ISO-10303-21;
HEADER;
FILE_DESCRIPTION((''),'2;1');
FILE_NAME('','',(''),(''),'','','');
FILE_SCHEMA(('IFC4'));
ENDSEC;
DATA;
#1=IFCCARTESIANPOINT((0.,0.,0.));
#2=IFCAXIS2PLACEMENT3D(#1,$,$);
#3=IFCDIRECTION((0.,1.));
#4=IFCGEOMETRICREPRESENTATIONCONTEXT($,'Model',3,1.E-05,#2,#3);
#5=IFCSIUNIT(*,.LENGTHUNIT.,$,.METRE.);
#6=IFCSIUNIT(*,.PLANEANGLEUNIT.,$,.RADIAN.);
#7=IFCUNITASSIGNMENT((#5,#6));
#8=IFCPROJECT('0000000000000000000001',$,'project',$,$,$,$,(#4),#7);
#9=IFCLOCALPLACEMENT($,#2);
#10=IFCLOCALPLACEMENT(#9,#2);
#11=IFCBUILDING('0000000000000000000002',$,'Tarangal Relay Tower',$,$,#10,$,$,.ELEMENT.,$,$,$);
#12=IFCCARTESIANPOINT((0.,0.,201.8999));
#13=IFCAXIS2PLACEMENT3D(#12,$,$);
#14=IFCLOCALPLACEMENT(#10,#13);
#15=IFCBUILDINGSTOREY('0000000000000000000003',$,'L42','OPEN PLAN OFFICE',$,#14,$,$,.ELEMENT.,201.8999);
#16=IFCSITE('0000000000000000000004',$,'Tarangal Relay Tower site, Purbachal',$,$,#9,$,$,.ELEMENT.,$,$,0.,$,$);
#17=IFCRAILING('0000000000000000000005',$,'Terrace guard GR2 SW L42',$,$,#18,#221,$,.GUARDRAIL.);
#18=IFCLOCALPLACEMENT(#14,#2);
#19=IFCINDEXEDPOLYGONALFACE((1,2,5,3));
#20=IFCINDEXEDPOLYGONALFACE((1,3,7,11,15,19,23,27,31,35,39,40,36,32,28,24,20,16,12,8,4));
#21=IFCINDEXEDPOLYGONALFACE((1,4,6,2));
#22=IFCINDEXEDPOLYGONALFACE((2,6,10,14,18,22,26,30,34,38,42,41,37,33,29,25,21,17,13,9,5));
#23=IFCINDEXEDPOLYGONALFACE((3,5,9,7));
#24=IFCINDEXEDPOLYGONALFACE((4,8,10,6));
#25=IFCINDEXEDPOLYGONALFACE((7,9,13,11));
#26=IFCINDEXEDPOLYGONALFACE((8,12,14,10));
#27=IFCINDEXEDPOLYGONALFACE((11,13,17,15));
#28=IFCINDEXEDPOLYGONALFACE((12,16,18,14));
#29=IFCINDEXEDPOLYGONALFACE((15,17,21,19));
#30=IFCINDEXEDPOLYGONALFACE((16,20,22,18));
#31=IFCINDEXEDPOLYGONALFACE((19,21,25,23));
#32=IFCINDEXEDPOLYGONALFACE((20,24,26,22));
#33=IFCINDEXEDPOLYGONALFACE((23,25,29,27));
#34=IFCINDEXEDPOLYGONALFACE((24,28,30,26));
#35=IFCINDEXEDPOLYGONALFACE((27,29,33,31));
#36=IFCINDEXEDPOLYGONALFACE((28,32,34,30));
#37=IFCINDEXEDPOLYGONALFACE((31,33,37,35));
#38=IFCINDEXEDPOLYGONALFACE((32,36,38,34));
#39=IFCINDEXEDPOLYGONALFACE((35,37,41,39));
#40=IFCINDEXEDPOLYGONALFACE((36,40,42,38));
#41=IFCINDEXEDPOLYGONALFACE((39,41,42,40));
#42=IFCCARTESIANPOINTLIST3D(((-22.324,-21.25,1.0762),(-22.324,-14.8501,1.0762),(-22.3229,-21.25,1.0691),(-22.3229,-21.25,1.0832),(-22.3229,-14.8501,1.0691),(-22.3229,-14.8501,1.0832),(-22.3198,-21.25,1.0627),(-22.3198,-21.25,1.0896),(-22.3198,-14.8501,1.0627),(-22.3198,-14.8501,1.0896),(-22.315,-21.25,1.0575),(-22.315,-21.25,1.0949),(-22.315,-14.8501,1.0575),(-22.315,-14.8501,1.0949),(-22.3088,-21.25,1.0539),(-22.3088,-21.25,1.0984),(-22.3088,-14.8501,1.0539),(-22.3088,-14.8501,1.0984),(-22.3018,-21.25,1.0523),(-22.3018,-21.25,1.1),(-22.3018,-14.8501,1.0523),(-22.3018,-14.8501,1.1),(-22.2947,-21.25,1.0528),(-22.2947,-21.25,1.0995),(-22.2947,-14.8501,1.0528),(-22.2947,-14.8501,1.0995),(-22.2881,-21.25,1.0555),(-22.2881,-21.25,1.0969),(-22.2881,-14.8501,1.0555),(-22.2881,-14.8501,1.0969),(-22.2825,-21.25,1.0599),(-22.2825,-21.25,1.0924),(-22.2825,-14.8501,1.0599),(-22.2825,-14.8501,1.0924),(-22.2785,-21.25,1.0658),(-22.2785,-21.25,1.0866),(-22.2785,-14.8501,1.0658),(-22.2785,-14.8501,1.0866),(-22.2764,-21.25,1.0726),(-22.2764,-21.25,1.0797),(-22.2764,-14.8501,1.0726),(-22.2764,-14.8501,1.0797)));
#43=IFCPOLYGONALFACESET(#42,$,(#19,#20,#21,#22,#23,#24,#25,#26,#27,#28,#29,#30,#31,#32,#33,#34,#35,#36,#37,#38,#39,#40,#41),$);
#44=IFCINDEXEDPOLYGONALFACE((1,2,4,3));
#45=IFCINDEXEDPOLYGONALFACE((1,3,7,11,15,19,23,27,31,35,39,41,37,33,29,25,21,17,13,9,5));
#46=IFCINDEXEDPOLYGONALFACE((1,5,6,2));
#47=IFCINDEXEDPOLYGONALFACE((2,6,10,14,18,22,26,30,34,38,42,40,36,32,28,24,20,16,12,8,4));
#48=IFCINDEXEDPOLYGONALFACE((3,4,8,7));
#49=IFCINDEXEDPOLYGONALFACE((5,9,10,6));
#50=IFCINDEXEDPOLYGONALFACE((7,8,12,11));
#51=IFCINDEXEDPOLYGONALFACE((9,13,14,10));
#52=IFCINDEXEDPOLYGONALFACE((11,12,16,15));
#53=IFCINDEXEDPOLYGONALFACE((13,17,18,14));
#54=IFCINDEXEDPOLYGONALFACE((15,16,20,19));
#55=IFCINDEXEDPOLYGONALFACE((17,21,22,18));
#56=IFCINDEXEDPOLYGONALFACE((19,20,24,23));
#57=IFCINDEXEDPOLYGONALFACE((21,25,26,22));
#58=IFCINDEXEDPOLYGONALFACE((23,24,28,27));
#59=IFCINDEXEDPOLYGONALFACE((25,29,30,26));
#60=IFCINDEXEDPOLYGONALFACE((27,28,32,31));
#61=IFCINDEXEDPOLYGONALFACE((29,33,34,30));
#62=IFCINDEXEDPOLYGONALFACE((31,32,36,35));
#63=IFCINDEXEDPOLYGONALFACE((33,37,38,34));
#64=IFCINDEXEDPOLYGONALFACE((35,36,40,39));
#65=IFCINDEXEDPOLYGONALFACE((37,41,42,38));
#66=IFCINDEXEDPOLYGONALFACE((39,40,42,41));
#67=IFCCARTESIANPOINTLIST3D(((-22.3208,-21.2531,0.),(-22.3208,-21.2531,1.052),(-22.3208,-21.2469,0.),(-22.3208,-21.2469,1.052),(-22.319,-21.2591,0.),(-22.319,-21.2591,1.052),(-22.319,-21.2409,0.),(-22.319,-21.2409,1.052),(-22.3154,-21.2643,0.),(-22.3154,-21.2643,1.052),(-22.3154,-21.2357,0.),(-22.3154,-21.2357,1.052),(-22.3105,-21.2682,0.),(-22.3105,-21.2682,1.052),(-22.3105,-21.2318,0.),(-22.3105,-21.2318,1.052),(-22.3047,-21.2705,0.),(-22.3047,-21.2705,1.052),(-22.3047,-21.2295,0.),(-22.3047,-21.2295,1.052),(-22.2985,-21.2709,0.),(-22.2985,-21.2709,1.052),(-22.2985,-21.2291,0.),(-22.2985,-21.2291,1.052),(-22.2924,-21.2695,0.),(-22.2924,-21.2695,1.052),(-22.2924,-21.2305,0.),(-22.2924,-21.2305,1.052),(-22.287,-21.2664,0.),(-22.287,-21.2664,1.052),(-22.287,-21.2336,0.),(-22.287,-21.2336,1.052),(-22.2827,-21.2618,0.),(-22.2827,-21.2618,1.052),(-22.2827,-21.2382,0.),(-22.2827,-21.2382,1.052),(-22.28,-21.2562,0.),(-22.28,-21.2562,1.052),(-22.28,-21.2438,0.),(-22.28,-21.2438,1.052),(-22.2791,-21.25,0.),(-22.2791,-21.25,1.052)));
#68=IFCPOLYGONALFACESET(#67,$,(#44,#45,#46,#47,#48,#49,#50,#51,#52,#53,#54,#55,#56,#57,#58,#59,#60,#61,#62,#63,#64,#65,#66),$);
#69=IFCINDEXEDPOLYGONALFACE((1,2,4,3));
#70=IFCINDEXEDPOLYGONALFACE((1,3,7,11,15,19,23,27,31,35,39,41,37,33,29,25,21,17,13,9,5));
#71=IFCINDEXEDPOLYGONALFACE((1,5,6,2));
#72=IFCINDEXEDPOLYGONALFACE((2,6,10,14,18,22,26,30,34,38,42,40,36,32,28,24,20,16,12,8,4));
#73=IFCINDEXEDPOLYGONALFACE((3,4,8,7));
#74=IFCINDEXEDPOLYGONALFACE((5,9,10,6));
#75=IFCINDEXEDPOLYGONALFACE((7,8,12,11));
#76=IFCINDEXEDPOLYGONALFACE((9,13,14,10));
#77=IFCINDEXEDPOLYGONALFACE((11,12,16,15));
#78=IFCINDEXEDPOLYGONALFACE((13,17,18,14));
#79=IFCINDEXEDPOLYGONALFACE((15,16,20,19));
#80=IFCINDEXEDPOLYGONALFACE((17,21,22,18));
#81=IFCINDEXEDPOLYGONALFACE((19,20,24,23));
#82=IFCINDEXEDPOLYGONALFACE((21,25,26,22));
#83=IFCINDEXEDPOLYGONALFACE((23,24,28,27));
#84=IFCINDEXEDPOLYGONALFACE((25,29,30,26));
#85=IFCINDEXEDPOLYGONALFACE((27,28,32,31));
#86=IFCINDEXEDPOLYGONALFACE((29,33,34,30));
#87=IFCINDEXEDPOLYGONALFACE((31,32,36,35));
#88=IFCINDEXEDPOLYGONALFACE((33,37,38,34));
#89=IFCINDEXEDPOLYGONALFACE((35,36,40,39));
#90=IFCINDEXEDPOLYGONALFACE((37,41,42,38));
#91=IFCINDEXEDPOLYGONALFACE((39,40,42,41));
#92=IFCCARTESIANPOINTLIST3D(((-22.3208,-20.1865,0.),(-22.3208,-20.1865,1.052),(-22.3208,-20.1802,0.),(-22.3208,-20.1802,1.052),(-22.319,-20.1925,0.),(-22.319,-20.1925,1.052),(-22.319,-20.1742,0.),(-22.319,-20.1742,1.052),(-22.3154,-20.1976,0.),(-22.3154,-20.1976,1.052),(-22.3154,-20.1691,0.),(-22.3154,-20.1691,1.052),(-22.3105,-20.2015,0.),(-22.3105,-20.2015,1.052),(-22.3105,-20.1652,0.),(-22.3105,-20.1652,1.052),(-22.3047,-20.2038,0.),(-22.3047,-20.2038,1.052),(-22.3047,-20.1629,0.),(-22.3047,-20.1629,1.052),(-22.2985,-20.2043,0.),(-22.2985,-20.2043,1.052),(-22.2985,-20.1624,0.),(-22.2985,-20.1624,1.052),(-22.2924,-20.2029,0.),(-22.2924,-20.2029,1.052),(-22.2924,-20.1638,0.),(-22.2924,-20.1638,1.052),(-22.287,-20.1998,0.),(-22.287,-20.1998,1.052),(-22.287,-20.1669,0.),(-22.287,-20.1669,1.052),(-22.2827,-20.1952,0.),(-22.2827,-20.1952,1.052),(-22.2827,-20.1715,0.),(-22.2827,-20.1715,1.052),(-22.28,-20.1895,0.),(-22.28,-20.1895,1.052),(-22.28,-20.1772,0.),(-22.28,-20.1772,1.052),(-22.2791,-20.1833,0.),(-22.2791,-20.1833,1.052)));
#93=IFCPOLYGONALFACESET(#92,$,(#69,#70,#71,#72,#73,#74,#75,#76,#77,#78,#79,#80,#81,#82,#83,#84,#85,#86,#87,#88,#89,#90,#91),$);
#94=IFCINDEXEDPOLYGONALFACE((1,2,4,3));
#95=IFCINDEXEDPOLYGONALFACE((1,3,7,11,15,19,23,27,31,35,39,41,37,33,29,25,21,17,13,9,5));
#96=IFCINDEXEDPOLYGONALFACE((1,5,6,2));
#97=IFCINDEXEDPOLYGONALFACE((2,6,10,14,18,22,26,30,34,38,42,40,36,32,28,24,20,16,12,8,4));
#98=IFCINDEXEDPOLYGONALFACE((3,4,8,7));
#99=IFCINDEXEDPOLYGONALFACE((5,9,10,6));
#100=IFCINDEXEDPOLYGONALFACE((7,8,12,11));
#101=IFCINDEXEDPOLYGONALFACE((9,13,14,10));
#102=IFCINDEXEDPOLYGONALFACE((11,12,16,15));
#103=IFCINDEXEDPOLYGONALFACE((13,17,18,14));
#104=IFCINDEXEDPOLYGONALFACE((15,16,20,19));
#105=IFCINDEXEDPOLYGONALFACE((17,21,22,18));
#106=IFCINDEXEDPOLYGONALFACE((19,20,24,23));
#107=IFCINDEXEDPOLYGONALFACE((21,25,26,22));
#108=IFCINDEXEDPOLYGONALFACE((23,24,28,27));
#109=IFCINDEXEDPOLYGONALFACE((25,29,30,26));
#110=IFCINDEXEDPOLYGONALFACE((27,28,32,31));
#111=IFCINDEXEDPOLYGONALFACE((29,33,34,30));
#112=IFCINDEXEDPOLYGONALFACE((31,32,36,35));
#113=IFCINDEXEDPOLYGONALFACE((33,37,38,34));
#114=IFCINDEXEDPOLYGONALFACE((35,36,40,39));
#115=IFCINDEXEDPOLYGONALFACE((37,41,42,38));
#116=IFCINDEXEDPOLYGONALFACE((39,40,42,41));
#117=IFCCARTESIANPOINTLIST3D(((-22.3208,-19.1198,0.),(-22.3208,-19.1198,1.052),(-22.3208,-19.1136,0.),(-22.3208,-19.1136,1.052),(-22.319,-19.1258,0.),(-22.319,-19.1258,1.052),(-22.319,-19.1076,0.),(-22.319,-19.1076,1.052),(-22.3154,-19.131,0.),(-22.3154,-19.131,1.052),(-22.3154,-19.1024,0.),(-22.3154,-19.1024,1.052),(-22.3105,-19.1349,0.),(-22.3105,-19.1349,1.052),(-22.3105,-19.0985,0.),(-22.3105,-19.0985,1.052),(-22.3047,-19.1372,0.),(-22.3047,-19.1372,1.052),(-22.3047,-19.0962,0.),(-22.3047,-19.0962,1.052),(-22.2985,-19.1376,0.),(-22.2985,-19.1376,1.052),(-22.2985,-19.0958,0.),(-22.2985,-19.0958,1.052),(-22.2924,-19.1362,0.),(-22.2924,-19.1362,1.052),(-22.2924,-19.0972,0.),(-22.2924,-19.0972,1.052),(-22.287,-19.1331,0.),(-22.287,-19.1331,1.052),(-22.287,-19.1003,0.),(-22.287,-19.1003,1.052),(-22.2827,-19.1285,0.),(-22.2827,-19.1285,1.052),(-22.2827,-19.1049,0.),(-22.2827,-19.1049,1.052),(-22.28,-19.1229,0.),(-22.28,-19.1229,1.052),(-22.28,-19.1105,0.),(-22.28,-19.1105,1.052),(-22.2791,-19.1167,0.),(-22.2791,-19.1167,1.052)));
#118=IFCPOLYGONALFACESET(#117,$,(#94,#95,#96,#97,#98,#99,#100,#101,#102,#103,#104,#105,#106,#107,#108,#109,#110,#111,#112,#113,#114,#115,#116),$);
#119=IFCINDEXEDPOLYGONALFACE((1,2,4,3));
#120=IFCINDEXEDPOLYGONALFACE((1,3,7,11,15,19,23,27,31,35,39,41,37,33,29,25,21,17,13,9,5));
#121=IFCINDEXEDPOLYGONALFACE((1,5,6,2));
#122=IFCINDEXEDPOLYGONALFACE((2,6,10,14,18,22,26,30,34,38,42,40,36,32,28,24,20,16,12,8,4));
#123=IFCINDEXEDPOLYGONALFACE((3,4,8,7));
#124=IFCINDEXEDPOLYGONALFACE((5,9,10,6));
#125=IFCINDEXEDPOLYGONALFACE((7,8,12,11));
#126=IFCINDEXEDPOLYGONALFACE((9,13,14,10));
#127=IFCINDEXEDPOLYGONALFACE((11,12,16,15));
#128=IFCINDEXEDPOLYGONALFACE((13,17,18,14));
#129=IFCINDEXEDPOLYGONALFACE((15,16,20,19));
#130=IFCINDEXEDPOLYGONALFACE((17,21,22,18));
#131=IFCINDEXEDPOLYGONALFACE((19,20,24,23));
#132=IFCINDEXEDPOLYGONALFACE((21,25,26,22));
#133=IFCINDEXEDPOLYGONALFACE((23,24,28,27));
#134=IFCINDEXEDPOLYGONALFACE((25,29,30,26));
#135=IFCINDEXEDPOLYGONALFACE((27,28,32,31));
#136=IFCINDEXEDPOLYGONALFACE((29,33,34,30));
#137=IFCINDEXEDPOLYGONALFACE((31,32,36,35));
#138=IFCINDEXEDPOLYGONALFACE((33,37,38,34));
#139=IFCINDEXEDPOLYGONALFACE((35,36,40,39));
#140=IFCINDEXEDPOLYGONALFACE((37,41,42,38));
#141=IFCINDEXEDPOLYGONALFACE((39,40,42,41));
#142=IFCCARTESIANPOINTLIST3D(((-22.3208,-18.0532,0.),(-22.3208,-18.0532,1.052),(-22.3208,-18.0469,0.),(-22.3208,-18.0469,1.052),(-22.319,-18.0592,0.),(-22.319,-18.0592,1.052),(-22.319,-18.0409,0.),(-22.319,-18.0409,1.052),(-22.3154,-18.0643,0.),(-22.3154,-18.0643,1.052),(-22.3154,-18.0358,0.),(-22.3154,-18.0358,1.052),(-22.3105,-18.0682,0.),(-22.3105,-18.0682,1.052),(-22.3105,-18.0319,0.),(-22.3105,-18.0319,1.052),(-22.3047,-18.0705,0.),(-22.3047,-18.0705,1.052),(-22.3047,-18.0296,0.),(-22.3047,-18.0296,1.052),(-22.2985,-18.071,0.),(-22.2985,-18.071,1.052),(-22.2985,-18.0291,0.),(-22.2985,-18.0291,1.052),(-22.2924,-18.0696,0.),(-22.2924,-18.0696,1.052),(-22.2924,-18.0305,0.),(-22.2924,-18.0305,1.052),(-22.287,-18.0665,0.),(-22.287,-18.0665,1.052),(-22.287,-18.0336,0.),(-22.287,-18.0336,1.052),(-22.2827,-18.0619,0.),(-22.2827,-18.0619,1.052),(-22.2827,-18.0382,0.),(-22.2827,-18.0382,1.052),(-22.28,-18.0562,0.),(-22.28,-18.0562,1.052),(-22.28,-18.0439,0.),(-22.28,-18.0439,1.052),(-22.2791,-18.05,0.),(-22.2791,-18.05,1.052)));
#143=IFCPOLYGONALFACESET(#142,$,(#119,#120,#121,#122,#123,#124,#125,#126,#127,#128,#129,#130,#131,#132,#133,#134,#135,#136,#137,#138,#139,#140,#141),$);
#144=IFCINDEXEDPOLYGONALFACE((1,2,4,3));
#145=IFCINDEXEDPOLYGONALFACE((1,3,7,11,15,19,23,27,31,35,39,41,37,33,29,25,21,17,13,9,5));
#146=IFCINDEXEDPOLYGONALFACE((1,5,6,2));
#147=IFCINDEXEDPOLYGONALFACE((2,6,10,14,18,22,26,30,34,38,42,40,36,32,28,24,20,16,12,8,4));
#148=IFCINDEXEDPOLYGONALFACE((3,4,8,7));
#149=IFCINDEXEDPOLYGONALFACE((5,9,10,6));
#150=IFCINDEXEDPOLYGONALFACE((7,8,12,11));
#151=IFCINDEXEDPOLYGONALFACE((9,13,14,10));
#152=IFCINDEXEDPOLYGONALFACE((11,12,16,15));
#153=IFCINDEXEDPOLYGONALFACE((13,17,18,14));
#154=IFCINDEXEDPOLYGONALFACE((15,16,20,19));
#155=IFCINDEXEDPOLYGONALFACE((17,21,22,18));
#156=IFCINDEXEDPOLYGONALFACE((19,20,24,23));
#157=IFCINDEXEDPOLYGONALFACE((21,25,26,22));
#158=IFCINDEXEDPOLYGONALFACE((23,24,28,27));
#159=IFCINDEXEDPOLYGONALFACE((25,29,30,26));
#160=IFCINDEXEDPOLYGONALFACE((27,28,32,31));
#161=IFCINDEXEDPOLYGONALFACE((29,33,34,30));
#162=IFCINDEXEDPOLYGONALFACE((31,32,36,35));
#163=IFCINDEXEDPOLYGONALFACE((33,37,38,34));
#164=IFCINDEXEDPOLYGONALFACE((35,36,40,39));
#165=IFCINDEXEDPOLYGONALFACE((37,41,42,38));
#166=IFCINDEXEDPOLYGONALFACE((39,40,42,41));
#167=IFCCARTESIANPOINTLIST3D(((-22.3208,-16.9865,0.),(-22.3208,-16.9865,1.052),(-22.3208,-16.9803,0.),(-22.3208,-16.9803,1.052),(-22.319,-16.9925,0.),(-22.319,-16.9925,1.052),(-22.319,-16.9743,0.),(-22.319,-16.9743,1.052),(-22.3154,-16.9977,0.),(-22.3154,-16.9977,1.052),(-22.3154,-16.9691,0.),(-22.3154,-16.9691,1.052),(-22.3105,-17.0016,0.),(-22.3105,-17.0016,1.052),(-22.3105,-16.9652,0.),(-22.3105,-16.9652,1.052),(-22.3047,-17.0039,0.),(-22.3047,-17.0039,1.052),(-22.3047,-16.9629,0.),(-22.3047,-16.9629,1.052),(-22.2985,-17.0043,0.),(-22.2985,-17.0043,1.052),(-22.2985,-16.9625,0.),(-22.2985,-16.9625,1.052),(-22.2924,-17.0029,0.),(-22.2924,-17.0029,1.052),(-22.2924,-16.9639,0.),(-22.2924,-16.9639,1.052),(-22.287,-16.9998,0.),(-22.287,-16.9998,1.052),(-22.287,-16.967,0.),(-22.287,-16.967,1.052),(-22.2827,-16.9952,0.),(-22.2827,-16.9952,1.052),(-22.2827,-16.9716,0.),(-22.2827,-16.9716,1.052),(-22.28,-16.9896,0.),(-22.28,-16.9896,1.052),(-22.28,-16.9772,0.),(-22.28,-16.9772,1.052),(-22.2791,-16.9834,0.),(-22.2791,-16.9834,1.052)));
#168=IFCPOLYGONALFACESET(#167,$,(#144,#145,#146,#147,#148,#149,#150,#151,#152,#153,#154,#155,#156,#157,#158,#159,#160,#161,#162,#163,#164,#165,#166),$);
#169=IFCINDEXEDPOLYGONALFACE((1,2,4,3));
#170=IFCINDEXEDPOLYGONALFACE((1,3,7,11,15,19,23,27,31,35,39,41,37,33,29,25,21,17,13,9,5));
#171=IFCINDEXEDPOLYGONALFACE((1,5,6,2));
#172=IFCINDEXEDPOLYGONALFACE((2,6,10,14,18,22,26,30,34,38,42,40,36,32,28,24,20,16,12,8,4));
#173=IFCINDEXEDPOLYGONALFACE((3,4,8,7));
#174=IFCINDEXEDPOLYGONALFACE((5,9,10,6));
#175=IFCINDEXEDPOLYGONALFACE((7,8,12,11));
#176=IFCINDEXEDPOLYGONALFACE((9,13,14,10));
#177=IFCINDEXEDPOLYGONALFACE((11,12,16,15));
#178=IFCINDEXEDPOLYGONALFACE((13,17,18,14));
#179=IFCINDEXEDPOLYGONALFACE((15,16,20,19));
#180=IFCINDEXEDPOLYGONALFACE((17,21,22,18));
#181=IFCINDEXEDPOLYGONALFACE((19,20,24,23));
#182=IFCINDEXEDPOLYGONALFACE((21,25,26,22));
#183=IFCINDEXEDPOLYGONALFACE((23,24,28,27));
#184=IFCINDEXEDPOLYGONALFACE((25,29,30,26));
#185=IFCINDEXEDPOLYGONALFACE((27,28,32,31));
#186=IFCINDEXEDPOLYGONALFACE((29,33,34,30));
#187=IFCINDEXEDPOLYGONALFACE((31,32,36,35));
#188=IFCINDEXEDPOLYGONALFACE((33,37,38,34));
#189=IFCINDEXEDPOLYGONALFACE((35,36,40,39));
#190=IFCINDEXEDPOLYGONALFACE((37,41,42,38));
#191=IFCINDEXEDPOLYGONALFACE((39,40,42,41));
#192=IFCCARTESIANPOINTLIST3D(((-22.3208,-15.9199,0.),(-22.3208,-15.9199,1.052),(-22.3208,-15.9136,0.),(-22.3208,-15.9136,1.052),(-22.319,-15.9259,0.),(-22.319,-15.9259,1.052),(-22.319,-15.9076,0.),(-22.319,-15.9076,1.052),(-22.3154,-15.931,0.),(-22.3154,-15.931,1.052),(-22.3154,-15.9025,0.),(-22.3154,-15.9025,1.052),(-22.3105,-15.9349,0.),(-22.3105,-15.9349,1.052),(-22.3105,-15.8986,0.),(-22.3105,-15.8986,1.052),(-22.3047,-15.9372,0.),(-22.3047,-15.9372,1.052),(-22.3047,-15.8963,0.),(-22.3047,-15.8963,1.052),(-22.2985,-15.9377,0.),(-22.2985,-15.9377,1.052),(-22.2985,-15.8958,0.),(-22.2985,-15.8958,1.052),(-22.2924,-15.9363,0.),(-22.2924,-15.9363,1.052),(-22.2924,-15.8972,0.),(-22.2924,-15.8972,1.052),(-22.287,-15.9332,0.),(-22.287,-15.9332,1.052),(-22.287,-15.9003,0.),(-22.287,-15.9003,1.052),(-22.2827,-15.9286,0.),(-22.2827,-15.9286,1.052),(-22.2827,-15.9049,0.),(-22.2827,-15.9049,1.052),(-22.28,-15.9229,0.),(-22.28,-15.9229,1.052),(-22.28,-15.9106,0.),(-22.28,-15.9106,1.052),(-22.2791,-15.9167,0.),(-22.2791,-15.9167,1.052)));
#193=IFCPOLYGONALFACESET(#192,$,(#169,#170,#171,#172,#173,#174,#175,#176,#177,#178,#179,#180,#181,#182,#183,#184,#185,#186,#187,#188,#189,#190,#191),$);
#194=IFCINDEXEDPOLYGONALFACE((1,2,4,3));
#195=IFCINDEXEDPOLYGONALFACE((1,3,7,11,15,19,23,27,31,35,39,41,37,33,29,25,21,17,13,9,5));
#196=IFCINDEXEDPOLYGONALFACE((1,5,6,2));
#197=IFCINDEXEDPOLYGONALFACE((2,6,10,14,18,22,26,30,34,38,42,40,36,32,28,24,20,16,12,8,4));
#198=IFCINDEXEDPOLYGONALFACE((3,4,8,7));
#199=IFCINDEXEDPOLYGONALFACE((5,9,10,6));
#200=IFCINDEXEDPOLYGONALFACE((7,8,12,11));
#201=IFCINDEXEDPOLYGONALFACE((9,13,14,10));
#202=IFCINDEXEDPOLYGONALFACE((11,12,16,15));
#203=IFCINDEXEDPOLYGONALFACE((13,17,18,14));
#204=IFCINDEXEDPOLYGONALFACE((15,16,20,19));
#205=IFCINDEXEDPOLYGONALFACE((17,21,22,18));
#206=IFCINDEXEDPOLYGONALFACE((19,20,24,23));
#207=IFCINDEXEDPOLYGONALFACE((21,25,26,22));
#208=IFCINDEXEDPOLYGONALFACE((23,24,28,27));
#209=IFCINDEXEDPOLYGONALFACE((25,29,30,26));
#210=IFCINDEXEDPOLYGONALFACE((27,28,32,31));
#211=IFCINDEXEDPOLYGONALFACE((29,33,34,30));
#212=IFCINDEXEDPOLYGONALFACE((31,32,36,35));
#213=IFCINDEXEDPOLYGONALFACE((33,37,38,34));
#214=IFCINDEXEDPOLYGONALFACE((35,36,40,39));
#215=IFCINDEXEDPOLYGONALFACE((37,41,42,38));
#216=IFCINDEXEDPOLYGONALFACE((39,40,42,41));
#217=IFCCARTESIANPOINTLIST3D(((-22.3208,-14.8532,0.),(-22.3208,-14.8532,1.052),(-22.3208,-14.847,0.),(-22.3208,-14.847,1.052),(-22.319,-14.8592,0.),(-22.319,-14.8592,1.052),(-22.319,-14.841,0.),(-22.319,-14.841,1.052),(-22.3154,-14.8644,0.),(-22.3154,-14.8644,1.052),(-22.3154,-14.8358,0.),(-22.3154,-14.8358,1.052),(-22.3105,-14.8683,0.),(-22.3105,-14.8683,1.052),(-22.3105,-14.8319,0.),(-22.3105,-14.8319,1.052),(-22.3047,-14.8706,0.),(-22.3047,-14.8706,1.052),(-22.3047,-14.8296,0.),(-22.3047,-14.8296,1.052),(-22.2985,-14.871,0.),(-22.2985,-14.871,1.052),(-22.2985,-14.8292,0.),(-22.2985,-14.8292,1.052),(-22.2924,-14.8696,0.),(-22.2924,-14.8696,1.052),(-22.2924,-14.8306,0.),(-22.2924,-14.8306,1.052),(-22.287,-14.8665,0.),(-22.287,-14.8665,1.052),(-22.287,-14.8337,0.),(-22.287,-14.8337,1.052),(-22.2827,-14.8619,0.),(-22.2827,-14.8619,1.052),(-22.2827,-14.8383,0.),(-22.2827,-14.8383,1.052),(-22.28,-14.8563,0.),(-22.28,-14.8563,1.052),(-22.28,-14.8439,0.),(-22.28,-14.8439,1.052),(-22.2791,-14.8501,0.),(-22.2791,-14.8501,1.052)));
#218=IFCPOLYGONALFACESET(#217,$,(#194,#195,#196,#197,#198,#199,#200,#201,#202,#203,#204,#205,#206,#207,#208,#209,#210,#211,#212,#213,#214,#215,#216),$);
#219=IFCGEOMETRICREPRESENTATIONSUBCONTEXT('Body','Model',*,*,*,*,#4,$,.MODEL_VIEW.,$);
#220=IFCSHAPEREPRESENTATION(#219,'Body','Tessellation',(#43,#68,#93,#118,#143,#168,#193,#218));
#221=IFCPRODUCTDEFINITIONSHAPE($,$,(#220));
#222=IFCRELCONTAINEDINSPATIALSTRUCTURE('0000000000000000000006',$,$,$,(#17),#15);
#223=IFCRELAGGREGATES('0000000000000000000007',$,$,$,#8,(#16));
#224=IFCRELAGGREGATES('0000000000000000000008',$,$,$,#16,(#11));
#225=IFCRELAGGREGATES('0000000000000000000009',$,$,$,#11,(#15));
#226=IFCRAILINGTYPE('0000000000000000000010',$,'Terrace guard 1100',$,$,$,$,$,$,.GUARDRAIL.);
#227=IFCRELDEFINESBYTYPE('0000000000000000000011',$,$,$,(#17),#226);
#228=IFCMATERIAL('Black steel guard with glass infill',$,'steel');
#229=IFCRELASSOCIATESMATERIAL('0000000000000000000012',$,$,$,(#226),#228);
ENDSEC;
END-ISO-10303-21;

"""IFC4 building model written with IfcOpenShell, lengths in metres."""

from ifc_helpers import new_model, si_unit, direction, frame, origin, origin_2d, place, context, subcontext, project, spatial, circle, extrude, material, type_object, element, save


model = new_model("IFC4")

# Units and contexts
model_context = context("Model", 3, precision=1e-05, world=origin(), true_north=direction((0.0, 1.0)))
body_context = subcontext(model_context, "Body", "Model", "MODEL_VIEW")
ifc_project = project(units=[si_unit("LENGTHUNIT", "METRE"), si_unit("PLANEANGLEUNIT", "RADIAN")], contexts=[model_context])

# Site, building, storey
site_placement = place(None, origin())
site = spatial("IfcSite", under=ifc_project, at=site_placement, Name="Tarangal Relay Tower site, Purbachal", CompositionType="ELEMENT", RefElevation=0.0)
building_placement = place(site_placement, origin())
building = spatial("IfcBuilding", under=site, at=building_placement, Name="Tarangal Relay Tower", CompositionType="ELEMENT")
storey_placement = place(building_placement, frame((0.0, 0.0, 201.8999)))
storey = spatial("IfcBuildingStorey", under=building, at=storey_placement, Name="L42", Description="OPEN PLAN OFFICE", CompositionType="ELEMENT", Elevation=201.8999)

# Railing
ifc_material_1 = material(Name="Black steel guard with glass infill", Category="steel")
railing_type = type_object("IfcRailingType", Name="Terrace guard 1100", PredefinedType="GUARDRAIL", material=ifc_material_1)
railing_1_placement = place(storey_placement, frame((-22.3, -21.25, 0.0)))
element("IfcRailing", 1, at=railing_1_placement, inside=storey, type_object=railing_type, Name="Terrace guard GR2 SW L42", PredefinedType="GUARDRAIL", context=body_context, shape_type="SweptSolid", body=[
    extrude(circle(Radius=0.0239, at=origin_2d()), frame((0.0, 0.0, 1.0762), z_axis=(0.0, 1.0, 0.0), x_axis=(-1.0, 0.0, 0.0)), (0.0, 0.0, 1.0), 6.3999),
    extrude(circle(Radius=0.021, at=origin_2d()), origin(), (0.0, 0.0, 1.0), 1.052),
    extrude(circle(Radius=0.021, at=origin_2d()), frame((0.0, 1.0667, 0.0)), (0.0, 0.0, 1.0), 1.052),
    extrude(circle(Radius=0.021, at=origin_2d()), frame((0.0, 2.1333, 0.0)), (0.0, 0.0, 1.0), 1.052),
    extrude(circle(Radius=0.021, at=origin_2d()), frame((0.0, 3.2, 0.0)), (0.0, 0.0, 1.0), 1.052),
    extrude(circle(Radius=0.021, at=origin_2d()), frame((0.0, 4.2666, 0.0)), (0.0, 0.0, 1.0), 1.052),
    extrude(circle(Radius=0.021, at=origin_2d()), frame((0.0, 5.3333, 0.0)), (0.0, 0.0, 1.0), 1.052),
    extrude(circle(Radius=0.021, at=origin_2d()), frame((0.0, 6.3999, 0.0)), (0.0, 0.0, 1.0), 1.052),
])

save(model, "model.ifc")
